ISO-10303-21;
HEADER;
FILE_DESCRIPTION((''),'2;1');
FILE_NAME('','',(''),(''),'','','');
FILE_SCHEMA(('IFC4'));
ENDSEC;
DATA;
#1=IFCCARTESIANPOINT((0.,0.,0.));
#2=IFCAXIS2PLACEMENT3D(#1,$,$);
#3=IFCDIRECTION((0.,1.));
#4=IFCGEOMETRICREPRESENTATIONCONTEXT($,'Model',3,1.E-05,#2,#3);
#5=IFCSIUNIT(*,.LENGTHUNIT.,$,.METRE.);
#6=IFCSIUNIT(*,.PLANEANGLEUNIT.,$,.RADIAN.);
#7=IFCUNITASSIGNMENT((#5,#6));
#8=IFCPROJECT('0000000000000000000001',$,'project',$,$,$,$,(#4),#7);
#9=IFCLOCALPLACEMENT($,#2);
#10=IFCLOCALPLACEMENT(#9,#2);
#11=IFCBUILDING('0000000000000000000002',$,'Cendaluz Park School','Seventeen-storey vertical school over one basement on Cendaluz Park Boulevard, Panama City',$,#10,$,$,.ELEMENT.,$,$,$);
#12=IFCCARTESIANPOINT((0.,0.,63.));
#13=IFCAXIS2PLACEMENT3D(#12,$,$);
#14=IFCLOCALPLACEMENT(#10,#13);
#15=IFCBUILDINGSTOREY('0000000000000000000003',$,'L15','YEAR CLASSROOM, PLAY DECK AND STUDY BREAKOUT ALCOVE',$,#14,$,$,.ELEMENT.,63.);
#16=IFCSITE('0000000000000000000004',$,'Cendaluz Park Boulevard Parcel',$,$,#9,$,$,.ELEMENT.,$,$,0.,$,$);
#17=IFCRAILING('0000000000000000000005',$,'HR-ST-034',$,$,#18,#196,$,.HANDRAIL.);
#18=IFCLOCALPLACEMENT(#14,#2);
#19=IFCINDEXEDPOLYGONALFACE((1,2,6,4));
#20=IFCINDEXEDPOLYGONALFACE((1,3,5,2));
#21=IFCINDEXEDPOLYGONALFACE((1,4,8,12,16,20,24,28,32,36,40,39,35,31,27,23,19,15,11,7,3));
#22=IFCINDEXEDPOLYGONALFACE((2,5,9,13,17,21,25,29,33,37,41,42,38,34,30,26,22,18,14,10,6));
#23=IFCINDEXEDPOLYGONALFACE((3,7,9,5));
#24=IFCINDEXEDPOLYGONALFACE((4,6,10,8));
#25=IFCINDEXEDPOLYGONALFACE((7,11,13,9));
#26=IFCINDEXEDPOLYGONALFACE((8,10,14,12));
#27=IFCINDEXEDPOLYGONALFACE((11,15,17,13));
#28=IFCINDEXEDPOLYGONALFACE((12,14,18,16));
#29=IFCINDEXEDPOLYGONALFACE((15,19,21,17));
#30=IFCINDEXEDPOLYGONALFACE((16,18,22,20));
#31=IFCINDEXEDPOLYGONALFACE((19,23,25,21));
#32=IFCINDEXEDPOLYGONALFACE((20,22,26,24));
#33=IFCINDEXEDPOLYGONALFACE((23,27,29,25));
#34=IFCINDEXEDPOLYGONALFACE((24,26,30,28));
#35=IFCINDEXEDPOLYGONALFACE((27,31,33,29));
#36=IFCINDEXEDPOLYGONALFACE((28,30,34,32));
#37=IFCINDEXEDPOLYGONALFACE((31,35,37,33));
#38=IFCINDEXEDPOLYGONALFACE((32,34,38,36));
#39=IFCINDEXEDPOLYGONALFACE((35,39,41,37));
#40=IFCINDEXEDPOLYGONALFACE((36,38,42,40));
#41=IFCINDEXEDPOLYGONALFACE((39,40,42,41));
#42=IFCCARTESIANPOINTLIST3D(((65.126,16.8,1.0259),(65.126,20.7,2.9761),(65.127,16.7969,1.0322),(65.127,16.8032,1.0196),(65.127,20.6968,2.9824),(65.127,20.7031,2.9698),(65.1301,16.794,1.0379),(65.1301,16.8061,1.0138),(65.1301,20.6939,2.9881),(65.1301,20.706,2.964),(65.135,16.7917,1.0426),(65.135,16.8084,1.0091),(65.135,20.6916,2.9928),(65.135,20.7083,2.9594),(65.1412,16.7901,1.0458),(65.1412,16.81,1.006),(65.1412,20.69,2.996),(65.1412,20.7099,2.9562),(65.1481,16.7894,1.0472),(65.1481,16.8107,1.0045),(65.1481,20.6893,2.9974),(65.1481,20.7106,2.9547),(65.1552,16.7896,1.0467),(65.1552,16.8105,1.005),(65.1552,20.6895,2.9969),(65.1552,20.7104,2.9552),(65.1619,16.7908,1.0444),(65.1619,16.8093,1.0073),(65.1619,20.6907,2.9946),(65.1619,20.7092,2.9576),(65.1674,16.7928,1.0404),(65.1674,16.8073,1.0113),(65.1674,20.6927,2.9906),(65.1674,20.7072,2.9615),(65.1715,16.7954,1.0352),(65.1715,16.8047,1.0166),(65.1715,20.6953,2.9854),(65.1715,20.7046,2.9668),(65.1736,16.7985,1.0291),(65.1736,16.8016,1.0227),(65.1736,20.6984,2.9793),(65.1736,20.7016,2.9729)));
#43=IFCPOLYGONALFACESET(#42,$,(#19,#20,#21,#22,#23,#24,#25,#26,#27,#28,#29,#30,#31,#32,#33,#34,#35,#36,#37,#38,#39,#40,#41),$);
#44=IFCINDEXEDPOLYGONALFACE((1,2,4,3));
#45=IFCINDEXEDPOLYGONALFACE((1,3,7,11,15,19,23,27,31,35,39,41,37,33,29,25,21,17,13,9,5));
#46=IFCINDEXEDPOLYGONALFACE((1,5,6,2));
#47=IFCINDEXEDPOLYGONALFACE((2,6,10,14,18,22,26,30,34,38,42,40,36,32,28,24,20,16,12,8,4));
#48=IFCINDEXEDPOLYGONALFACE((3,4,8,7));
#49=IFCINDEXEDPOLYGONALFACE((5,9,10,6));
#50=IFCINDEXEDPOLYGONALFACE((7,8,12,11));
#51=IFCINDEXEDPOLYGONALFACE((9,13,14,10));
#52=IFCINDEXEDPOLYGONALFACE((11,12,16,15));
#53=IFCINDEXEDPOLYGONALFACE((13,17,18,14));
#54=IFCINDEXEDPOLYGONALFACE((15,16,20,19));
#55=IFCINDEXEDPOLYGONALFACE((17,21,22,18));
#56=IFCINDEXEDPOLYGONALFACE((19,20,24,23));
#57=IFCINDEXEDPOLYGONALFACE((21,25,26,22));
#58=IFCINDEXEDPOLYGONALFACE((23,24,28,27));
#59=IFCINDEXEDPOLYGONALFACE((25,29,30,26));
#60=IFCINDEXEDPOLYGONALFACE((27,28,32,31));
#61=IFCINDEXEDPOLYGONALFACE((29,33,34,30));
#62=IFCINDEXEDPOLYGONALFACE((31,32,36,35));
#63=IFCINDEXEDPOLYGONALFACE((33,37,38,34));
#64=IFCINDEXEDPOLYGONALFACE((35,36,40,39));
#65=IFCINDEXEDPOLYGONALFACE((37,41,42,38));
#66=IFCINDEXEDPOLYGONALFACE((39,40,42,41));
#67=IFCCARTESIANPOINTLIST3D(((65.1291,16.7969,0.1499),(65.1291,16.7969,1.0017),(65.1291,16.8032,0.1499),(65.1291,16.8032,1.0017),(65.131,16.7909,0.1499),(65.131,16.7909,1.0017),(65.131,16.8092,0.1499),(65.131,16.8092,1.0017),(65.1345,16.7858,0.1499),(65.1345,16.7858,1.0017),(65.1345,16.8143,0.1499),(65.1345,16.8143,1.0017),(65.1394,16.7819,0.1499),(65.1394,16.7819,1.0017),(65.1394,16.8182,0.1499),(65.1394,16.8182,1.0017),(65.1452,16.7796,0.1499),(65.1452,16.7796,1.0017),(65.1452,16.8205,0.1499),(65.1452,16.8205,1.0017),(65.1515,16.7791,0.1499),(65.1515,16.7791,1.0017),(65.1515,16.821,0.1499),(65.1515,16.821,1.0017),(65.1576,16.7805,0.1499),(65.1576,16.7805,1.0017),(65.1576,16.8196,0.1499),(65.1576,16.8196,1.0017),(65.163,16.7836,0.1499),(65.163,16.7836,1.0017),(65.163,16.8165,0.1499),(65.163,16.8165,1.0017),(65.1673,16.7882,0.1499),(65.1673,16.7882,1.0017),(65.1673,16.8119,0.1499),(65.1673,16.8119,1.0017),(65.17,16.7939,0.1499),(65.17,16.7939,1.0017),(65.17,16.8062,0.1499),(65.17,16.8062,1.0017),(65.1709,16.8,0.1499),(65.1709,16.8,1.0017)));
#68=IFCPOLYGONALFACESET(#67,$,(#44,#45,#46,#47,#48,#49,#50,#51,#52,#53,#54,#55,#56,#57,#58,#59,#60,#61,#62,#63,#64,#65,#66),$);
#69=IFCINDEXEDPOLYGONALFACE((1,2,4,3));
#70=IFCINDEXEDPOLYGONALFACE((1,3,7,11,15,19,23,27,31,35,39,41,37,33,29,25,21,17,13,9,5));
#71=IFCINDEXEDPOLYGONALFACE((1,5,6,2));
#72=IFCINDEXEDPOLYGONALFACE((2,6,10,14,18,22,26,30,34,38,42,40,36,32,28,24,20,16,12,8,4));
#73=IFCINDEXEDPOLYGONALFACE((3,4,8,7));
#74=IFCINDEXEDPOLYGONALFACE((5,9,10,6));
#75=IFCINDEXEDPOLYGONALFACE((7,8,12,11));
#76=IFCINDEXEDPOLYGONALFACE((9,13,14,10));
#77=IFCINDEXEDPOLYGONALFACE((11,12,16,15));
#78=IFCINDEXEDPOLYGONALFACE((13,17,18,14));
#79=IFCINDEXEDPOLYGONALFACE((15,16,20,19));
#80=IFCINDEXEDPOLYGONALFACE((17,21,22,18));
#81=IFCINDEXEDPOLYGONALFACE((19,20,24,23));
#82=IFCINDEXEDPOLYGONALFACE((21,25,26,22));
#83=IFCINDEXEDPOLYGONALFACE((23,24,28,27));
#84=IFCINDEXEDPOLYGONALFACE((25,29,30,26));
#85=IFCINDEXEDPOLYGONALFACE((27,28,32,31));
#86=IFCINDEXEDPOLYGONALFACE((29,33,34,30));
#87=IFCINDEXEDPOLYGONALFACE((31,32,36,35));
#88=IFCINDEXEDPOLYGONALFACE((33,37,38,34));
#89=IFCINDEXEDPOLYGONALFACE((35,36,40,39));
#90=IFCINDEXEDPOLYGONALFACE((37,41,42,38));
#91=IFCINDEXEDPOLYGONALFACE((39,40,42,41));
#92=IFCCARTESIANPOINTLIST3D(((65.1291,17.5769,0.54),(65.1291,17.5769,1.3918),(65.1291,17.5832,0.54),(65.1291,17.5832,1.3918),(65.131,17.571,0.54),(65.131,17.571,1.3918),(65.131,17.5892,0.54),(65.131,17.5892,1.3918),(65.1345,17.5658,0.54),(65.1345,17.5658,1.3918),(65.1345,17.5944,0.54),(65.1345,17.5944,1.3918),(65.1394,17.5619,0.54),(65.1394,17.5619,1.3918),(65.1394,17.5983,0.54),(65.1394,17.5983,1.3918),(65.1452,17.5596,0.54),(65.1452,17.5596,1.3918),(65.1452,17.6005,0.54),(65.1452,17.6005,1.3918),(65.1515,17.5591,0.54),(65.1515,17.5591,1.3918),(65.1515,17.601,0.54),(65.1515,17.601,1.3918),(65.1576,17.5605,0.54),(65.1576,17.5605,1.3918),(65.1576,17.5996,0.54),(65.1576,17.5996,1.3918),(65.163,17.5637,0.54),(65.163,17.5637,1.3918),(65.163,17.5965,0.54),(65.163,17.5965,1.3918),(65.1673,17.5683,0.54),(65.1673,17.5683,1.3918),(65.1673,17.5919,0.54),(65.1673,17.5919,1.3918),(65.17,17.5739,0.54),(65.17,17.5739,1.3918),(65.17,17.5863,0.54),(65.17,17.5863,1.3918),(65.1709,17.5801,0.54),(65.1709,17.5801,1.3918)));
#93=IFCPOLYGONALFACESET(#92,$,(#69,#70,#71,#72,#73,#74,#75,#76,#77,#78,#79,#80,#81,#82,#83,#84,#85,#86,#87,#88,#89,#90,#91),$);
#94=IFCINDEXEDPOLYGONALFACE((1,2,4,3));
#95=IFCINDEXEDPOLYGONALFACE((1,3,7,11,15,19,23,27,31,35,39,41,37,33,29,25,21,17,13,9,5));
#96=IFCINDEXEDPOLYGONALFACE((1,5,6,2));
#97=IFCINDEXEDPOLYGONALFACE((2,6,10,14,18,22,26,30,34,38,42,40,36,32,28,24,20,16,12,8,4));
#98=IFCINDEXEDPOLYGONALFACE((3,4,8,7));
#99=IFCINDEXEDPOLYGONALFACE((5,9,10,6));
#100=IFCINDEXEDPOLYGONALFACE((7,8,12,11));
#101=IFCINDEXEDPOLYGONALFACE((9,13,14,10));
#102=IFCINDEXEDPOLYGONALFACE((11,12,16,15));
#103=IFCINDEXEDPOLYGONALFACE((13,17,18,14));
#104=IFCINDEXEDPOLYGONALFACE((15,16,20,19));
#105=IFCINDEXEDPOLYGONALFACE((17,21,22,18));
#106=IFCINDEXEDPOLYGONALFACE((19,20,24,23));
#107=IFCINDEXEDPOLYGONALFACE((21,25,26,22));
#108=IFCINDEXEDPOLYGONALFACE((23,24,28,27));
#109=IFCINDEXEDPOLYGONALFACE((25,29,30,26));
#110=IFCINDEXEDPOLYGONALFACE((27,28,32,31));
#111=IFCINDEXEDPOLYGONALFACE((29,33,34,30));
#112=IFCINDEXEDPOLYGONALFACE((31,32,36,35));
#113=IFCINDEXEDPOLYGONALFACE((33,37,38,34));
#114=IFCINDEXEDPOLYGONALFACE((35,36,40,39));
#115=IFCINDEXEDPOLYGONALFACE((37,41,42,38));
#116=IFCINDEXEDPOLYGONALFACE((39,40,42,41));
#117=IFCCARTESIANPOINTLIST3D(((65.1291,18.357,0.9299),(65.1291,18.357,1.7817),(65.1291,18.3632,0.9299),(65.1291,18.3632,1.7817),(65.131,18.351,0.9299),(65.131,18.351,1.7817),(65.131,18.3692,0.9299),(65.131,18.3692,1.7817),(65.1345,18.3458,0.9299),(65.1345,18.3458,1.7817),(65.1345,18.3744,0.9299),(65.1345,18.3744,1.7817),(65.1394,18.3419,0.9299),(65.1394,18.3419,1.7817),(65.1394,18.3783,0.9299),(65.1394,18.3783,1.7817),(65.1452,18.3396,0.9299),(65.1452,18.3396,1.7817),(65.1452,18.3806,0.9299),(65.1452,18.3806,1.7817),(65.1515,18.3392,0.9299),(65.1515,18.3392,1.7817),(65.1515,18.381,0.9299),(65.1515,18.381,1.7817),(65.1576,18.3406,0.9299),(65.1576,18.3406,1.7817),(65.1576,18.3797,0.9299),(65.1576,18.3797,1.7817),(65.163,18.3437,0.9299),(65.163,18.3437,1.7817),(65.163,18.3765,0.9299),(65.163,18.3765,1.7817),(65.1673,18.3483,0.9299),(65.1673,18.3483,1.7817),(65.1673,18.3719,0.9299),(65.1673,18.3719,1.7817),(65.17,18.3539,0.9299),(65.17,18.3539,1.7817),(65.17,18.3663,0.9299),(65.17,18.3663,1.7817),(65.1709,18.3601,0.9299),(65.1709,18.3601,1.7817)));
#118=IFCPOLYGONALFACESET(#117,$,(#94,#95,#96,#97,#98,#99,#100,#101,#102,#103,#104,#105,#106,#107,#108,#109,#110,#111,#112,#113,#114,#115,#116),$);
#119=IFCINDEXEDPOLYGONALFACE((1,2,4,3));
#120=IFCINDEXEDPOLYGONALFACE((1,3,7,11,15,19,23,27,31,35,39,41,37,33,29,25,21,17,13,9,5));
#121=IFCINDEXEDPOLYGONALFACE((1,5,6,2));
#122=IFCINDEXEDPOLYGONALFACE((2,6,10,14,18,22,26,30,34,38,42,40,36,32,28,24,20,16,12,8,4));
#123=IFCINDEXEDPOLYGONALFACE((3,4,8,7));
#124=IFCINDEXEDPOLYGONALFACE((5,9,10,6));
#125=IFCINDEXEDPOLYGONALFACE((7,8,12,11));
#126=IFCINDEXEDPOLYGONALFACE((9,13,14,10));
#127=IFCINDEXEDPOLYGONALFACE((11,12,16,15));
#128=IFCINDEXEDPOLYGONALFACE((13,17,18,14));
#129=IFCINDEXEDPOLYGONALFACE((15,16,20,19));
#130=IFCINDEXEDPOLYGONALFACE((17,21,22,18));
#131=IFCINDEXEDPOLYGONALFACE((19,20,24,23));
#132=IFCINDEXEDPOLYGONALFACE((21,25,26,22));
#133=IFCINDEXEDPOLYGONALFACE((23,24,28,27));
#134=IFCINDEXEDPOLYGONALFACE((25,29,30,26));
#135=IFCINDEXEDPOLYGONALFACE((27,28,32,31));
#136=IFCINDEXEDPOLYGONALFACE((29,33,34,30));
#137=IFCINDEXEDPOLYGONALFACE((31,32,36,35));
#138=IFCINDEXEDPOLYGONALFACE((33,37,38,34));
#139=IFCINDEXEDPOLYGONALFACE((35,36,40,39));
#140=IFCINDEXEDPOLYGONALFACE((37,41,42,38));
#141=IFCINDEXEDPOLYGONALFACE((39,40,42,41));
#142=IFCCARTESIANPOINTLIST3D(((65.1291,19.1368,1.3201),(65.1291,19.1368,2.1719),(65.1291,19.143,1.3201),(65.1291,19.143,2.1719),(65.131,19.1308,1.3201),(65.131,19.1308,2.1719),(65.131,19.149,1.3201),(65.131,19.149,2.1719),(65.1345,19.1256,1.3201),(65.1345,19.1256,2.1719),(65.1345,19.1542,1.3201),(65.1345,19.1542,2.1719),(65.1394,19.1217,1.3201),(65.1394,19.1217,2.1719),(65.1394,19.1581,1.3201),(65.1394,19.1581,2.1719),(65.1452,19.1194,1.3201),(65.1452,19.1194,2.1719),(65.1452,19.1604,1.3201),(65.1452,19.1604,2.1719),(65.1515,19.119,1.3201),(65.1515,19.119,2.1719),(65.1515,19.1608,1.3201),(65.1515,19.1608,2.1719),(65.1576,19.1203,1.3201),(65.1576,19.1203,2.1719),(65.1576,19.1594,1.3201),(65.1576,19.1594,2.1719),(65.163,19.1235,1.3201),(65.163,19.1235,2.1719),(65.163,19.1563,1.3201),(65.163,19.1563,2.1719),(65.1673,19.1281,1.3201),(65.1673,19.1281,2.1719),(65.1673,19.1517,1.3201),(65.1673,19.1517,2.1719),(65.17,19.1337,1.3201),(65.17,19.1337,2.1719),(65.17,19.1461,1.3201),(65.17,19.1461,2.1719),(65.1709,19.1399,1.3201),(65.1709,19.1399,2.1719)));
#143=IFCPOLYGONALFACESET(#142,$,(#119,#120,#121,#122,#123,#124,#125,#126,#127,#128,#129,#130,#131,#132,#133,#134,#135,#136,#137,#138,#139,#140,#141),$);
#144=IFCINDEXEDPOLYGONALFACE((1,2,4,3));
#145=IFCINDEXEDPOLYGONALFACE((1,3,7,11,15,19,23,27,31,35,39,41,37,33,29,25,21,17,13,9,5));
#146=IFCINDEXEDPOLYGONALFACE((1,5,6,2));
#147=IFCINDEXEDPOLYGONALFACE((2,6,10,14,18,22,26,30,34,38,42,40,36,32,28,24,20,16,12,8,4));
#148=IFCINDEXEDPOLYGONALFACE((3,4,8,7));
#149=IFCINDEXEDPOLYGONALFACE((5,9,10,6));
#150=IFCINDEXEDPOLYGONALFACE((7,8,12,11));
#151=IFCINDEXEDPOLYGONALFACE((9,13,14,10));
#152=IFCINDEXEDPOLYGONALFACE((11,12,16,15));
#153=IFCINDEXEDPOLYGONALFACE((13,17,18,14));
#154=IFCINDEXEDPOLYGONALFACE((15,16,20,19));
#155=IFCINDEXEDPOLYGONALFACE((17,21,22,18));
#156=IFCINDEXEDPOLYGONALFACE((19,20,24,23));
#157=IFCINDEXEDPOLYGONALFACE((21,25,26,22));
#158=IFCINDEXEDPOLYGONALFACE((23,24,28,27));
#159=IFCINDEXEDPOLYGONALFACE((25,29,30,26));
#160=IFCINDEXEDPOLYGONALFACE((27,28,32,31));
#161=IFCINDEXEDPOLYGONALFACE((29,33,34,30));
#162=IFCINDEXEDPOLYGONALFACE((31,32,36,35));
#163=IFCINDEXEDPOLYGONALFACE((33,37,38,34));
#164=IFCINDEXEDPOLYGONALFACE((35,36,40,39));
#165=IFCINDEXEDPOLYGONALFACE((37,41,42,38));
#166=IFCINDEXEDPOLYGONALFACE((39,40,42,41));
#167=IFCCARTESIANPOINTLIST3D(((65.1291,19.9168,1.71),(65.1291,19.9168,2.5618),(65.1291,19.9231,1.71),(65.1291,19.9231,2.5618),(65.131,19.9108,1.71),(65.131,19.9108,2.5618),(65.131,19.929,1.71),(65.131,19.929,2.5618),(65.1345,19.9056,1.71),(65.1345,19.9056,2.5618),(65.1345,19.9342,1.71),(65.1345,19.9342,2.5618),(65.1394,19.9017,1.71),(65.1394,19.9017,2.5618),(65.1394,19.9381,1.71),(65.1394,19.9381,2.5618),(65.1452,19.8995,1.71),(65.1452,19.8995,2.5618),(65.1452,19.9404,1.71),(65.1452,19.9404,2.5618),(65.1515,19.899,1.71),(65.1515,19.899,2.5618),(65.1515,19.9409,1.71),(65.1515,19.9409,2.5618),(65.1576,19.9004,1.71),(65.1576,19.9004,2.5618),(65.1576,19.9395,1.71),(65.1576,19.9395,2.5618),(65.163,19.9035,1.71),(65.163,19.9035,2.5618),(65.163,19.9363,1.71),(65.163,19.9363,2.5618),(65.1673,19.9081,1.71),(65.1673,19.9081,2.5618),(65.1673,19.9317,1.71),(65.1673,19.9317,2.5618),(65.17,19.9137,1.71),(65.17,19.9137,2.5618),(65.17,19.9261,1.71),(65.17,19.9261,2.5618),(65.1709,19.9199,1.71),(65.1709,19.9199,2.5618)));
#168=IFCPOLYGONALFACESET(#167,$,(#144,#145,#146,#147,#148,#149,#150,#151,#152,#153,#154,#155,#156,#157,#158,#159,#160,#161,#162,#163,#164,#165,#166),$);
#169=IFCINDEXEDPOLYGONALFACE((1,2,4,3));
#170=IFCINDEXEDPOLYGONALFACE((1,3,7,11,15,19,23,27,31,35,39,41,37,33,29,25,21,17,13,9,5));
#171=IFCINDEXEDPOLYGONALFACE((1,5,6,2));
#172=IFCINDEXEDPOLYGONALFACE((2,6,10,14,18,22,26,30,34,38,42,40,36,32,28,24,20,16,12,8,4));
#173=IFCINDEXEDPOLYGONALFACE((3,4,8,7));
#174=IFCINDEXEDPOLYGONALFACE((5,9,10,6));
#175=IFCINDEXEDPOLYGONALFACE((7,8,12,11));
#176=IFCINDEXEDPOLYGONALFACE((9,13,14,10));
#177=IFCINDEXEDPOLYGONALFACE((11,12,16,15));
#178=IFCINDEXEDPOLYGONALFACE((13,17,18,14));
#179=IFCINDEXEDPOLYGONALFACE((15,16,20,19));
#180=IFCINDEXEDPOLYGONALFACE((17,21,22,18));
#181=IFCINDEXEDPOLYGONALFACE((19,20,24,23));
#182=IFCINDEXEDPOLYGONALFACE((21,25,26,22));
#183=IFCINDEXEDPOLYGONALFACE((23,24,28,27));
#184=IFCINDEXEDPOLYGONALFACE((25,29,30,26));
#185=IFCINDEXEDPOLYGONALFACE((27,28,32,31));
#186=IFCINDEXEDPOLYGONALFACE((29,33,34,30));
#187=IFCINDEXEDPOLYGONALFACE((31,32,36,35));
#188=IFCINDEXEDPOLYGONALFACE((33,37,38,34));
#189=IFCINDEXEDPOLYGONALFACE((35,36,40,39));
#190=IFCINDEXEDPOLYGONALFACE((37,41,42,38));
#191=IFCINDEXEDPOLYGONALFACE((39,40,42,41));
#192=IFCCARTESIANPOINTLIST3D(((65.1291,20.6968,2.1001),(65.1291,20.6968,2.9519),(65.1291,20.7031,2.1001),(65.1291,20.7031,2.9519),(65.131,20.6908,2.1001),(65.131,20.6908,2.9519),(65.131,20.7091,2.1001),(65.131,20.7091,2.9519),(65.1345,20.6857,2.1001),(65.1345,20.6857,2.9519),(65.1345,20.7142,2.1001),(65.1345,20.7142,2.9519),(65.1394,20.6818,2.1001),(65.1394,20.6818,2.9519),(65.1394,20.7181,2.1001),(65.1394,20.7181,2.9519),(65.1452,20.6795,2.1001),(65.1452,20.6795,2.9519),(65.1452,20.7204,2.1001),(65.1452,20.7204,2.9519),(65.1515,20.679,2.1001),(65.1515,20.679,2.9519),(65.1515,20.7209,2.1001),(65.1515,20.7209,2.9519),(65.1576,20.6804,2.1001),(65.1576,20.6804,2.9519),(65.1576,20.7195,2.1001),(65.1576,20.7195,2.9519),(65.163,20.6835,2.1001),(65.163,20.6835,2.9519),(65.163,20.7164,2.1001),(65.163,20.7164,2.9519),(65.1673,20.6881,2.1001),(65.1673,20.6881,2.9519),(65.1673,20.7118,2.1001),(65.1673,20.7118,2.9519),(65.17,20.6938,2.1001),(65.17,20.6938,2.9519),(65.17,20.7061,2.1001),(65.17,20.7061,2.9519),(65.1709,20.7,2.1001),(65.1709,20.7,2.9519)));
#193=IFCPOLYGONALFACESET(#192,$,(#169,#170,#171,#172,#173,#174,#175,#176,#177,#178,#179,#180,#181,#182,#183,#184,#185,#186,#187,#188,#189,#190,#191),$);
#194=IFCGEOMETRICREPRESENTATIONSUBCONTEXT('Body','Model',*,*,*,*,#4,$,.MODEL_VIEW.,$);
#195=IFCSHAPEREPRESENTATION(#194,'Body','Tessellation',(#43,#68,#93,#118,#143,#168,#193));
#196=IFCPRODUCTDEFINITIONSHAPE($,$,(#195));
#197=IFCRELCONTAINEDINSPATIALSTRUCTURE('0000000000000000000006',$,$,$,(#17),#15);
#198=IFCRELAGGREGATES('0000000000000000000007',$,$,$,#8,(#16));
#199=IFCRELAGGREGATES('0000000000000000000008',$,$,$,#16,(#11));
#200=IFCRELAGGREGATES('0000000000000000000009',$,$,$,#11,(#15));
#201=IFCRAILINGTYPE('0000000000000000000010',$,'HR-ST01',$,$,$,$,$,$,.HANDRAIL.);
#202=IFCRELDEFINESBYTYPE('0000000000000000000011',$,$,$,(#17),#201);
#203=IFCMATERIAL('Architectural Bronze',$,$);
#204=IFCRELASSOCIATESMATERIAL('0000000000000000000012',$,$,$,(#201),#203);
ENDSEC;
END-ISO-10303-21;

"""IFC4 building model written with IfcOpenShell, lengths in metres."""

from ifc_helpers import new_model, si_unit, direction, frame, origin, origin_2d, place, context, subcontext, project, spatial, circle, extrude, material, type_object, element, save


model = new_model("IFC4")

# Units and contexts
model_context = context("Model", 3, precision=1e-05, world=origin(), true_north=direction((0.0, 1.0)))
body_context = subcontext(model_context, "Body", "Model", "MODEL_VIEW")
ifc_project = project(units=[si_unit("LENGTHUNIT", "METRE"), si_unit("PLANEANGLEUNIT", "RADIAN")], contexts=[model_context])

# Site, building, storey
site_placement = place(None, origin())
site = spatial("IfcSite", under=ifc_project, at=site_placement, Name="Cendaluz Park Boulevard Parcel", CompositionType="ELEMENT", RefElevation=0.0)
building_placement = place(site_placement, origin())
building = spatial("IfcBuilding", under=site, at=building_placement, Name="Cendaluz Park School", Description="Seventeen-storey vertical school over one basement on Cendaluz Park Boulevard, Panama City", CompositionType="ELEMENT")
storey_placement = place(building_placement, frame((0.0, 0.0, 63.0)))
storey = spatial("IfcBuildingStorey", under=building, at=storey_placement, Name="L15", Description="YEAR CLASSROOM, PLAY DECK AND STUDY BREAKOUT ALCOVE", CompositionType="ELEMENT", Elevation=63.0)

# Railing
ifc_material_1 = material(Name="Architectural Bronze")
railing_type_1 = type_object("IfcRailingType", Name="HR-ST01", PredefinedType="HANDRAIL", material=ifc_material_1)
railing_1_placement = place(storey_placement, frame((65.1499, 16.8, 0.1499)))
element("IfcRailing", 1, at=railing_1_placement, inside=storey, type_object=railing_type_1, Name="HR-ST-034", PredefinedType="HANDRAIL", context=body_context, shape_type="SweptSolid", body=[
    extrude(circle(Radius=0.0239, at=origin_2d()), frame((0.0, 0.0, 0.876), z_axis=(0.0, 0.894405, 0.447258), x_axis=(-1.0, 0.0, 0.0)), (0.0, 0.0, 1.0), 4.3604),
    extrude(circle(Radius=0.021, at=origin_2d()), origin(), (0.0, 0.0, 1.0), 0.8518),
    extrude(circle(Radius=0.021, at=origin_2d()), frame((0.0, 0.78, 0.3901)), (0.0, 0.0, 1.0), 0.8518),
    extrude(circle(Radius=0.021, at=origin_2d()), frame((0.0, 1.5601, 0.78)), (0.0, 0.0, 1.0), 0.8518),
    extrude(circle(Radius=0.021, at=origin_2d()), frame((0.0, 2.3398, 1.1702)), (0.0, 0.0, 1.0), 0.8518),
    extrude(circle(Radius=0.021, at=origin_2d()), frame((0.0, 3.1199, 1.5601)), (0.0, 0.0, 1.0), 0.8518),
    extrude(circle(Radius=0.021, at=origin_2d()), frame((0.0, 3.8999, 1.9502)), (0.0, 0.0, 1.0), 0.8518),
])

save(model, "model.ifc")
